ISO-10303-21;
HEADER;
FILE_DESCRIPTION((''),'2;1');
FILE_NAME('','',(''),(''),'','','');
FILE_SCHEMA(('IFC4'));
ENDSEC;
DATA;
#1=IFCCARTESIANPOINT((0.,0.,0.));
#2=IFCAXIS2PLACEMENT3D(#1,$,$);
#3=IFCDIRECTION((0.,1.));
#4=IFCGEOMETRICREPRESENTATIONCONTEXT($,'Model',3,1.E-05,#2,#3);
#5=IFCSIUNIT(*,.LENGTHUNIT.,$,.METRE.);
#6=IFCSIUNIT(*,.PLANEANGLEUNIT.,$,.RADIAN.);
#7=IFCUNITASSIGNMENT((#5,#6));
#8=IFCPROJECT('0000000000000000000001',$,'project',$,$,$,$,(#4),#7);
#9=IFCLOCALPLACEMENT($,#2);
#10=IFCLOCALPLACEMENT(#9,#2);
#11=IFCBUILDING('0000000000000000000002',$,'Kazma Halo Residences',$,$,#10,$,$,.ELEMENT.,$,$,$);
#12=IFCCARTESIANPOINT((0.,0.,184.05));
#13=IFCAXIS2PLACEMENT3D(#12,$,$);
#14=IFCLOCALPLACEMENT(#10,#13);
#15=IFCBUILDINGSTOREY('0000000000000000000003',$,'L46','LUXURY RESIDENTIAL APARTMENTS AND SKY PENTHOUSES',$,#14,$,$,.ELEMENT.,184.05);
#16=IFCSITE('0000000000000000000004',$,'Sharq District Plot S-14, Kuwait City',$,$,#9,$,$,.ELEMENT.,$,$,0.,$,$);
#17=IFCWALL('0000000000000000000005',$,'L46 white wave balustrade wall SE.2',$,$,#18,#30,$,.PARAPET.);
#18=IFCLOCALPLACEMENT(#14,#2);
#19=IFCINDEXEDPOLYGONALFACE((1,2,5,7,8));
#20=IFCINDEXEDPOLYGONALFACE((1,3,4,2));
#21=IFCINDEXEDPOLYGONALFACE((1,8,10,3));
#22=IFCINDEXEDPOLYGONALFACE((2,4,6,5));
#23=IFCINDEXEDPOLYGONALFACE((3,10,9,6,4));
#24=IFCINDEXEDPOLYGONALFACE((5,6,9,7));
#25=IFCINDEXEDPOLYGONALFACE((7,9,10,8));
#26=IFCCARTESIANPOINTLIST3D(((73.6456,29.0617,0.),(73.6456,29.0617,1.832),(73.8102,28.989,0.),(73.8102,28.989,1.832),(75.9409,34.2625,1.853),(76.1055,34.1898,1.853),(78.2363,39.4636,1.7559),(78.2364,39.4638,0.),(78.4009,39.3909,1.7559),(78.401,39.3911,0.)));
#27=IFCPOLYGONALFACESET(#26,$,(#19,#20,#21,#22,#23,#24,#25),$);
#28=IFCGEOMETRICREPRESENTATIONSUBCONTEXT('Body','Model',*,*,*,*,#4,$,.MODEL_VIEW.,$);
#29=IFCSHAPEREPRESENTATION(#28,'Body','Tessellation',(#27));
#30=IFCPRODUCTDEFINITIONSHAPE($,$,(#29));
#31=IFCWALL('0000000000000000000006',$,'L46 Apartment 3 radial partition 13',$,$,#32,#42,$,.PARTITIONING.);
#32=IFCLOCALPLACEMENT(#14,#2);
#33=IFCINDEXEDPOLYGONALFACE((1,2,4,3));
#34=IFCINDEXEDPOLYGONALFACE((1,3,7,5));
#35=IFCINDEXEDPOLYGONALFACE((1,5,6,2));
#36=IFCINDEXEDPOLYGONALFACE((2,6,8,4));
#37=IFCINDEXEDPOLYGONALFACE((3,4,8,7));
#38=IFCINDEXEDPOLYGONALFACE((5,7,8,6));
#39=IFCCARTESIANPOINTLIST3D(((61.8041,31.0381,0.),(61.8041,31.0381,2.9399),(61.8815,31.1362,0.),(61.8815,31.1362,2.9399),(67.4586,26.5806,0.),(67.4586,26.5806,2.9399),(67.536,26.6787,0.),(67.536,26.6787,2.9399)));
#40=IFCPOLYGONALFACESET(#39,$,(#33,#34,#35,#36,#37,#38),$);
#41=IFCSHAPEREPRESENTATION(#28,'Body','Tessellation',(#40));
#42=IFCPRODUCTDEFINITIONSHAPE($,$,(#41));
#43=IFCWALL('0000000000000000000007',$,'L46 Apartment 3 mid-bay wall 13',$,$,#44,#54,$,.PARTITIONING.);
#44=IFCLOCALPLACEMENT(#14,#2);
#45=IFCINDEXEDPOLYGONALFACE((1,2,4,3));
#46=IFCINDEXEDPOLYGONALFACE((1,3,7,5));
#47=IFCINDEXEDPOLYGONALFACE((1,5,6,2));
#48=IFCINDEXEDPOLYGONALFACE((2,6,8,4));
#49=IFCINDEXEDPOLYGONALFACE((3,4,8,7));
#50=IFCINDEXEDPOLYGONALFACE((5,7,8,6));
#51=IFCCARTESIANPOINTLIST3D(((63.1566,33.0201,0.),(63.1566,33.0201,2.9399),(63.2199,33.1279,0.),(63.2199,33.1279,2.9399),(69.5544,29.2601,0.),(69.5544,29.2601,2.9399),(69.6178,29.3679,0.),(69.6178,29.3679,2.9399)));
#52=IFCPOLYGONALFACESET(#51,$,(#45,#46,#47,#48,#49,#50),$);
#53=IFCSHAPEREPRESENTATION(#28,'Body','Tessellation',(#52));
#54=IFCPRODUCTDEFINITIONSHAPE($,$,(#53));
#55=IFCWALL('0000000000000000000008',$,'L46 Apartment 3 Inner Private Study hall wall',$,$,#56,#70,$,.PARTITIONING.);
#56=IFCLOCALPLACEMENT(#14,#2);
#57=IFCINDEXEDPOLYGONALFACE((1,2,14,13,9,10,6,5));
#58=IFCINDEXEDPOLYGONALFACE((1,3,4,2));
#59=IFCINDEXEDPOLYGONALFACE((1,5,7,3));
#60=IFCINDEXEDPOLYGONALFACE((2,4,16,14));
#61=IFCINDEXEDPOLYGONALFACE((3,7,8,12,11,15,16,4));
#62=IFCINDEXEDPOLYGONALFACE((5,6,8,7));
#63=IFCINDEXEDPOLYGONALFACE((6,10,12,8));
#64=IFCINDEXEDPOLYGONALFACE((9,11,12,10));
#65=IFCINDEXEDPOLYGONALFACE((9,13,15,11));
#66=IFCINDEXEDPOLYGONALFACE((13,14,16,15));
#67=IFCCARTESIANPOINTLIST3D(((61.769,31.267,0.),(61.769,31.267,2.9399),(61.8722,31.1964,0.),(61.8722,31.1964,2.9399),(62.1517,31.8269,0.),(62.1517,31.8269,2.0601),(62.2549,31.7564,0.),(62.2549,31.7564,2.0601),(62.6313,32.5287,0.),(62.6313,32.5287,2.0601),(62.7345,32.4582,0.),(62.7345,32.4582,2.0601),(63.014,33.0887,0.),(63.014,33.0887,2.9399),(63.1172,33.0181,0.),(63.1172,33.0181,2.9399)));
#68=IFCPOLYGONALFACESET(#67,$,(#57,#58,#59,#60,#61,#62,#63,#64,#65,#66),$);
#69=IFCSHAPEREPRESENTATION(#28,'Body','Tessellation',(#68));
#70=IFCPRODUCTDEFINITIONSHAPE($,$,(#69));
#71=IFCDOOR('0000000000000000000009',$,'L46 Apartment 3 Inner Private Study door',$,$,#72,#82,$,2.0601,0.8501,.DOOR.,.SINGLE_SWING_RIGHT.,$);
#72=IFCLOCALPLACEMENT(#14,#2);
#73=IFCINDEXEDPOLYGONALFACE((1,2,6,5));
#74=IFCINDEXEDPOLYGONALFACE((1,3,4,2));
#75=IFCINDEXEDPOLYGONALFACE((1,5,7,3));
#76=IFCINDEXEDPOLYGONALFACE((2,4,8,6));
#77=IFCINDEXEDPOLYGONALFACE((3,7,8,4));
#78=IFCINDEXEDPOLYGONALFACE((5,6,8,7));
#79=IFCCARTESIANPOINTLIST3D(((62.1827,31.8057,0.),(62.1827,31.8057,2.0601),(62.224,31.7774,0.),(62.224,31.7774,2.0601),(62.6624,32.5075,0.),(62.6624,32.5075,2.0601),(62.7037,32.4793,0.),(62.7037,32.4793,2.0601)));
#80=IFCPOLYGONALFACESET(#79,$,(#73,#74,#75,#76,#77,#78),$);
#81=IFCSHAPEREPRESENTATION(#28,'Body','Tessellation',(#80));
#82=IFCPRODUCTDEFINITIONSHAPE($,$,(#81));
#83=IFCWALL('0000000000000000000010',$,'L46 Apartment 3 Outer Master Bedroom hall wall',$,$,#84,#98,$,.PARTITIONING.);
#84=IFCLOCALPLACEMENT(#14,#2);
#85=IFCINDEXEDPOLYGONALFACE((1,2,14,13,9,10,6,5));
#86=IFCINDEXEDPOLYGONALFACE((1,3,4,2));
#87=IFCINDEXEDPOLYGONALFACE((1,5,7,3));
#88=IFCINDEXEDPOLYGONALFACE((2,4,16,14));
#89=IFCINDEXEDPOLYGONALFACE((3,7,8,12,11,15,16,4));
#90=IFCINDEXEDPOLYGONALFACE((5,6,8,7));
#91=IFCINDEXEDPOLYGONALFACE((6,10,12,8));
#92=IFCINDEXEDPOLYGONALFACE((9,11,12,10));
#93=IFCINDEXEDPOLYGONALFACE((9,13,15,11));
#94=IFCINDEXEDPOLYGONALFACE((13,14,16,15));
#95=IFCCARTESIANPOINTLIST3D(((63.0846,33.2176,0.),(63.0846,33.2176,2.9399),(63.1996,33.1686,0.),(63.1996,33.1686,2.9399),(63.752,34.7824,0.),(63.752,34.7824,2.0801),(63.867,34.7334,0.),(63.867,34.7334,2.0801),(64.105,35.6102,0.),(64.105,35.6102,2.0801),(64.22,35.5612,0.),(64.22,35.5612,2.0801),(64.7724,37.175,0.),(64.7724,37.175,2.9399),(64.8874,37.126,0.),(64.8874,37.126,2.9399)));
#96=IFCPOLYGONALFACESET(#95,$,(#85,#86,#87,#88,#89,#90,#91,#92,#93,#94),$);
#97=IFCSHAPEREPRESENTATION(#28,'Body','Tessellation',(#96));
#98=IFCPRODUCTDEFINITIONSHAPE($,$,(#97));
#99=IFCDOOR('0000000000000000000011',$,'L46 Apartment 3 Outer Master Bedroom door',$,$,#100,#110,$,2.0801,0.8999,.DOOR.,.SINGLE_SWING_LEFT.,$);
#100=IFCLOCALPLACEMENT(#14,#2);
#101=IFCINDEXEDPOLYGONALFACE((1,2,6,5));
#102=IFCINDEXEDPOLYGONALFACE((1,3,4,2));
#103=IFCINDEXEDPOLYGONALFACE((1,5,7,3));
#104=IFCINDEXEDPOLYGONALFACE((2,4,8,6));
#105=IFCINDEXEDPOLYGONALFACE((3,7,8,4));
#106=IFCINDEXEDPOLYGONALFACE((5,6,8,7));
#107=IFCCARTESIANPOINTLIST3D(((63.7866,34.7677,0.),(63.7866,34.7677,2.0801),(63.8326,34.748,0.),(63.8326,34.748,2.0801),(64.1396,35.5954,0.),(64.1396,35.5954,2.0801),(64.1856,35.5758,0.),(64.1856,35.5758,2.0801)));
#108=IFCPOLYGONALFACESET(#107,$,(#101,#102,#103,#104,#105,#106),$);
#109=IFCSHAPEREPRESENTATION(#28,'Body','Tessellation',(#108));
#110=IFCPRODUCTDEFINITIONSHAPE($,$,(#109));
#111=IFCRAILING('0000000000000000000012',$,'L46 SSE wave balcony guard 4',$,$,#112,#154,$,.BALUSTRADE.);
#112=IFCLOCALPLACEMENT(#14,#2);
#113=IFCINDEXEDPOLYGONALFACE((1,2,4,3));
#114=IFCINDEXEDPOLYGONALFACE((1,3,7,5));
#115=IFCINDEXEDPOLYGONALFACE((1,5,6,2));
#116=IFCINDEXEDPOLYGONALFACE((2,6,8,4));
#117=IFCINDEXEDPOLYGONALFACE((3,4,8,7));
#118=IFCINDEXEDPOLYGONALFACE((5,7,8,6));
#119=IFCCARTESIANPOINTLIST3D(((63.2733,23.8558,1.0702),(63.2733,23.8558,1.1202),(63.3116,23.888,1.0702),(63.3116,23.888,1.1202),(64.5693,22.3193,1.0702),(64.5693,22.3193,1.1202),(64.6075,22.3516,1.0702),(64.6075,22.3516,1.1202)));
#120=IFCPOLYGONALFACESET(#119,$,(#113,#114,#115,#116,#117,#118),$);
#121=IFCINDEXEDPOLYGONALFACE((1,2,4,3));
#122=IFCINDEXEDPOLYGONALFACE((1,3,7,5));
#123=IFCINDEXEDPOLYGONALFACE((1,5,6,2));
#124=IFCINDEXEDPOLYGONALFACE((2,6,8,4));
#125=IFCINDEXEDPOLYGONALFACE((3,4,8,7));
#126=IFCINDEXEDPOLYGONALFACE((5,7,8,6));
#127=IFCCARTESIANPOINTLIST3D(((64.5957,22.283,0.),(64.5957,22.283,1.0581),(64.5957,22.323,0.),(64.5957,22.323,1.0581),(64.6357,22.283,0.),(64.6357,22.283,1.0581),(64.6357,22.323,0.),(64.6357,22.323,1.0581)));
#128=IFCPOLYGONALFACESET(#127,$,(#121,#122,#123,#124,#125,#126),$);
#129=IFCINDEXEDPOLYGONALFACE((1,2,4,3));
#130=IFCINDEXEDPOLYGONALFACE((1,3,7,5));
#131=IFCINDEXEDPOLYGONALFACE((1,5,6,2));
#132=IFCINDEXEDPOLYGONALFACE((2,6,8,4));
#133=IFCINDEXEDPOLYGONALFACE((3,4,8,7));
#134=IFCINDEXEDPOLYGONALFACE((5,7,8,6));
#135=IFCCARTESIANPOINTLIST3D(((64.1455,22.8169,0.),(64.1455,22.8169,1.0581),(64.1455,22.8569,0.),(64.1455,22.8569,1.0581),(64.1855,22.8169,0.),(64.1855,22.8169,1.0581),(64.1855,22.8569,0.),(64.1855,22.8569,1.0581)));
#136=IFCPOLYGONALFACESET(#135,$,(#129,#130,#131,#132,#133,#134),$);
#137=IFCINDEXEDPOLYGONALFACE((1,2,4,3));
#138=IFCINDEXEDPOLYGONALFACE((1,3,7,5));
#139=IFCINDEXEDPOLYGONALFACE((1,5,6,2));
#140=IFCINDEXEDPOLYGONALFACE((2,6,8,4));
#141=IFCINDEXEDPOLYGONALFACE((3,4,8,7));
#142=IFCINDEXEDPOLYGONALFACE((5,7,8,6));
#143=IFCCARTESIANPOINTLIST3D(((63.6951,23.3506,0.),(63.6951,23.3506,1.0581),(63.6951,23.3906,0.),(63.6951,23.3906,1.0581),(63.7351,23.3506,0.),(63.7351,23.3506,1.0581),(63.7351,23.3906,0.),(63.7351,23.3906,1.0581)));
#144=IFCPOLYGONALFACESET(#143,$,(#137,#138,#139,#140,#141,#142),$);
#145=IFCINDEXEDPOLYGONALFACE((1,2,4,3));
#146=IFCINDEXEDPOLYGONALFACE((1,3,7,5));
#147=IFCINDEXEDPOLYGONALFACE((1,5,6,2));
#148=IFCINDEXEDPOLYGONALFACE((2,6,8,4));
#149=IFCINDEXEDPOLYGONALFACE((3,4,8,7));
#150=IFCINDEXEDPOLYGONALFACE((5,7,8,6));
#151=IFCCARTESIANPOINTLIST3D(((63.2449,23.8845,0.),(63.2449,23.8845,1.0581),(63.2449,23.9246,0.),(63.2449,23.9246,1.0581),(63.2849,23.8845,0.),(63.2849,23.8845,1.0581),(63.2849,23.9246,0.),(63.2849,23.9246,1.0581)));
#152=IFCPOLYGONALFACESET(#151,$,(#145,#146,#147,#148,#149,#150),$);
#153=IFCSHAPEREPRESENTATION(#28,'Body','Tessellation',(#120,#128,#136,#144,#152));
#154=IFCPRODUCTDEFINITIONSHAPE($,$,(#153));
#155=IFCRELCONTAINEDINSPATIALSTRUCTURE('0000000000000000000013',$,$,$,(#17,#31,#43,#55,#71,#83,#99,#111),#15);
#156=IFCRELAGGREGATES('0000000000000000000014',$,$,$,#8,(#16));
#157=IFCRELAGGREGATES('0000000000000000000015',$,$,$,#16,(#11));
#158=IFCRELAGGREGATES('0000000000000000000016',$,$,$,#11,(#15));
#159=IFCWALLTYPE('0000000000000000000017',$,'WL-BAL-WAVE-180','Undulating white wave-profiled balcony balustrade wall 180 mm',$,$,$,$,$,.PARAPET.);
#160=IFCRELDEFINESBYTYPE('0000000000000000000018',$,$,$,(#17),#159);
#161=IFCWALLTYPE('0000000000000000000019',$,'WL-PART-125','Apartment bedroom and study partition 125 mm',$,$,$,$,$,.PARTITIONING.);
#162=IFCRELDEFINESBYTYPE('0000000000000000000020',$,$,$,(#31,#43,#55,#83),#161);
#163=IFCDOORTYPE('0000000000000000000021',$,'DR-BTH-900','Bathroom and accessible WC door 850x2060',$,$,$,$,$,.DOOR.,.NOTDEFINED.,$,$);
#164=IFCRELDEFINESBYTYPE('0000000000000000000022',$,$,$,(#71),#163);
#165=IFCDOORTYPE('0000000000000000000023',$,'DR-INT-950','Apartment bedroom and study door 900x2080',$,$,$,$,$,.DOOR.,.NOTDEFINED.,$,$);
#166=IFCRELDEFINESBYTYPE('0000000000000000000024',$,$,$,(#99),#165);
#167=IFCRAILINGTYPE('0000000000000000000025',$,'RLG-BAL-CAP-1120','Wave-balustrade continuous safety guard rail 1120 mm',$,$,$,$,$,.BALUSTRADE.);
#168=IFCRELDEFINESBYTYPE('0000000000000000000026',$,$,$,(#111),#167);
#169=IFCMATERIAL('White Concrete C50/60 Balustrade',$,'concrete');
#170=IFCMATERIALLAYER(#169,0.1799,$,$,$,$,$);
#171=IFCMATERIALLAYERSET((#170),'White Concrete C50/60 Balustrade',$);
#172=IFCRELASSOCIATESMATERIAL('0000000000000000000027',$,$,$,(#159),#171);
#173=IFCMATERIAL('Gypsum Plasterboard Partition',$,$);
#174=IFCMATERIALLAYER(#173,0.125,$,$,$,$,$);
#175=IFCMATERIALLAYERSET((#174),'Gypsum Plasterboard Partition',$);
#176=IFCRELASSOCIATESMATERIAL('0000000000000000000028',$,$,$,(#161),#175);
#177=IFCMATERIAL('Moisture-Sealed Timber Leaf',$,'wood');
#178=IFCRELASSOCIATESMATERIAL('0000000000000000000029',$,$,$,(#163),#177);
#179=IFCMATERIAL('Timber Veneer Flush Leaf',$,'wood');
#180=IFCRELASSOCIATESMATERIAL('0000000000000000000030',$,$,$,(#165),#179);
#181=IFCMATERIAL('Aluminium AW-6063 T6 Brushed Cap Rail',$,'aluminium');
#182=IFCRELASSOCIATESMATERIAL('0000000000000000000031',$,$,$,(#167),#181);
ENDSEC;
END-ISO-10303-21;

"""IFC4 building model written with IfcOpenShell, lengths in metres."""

from ifc_helpers import new_model, si_unit, direction, frame, frame_2d, origin, origin_2d, place, context, subcontext, project, spatial, polyline, rectangle, outline, extrude, material, layer, layer_set, type_object, element, fill, save


model = new_model("IFC4")

# Units and contexts
model_context = context("Model", 3, precision=1e-05, world=origin(), true_north=direction((0.0, 1.0)))
body_context = subcontext(model_context, "Body", "Model", "MODEL_VIEW")
ifc_project = project(units=[si_unit("LENGTHUNIT", "METRE"), si_unit("PLANEANGLEUNIT", "RADIAN")], contexts=[model_context])

# Site, building, storey
site_placement = place(None, origin())
site = spatial("IfcSite", under=ifc_project, at=site_placement, Name="Sharq District Plot S-14, Kuwait City", CompositionType="ELEMENT", RefElevation=0.0)
building_placement = place(site_placement, origin())
building = spatial("IfcBuilding", under=site, at=building_placement, Name="Kazma Halo Residences", CompositionType="ELEMENT")
storey_placement = place(building_placement, frame((0.0, 0.0, 184.05)))
storey = spatial("IfcBuildingStorey", under=building, at=storey_placement, Name="L46", Description="LUXURY RESIDENTIAL APARTMENTS AND SKY PENTHOUSES", CompositionType="ELEMENT", Elevation=184.05)

# Wall
ifc_material_1 = material(Name="White Concrete C50/60 Balustrade", Category="concrete")
ifc_layer_1 = layer(ifc_material_1, 0.1799)
ifc_layer_set_1 = layer_set([ifc_layer_1], Name="White Concrete C50/60 Balustrade")
wall_type_1 = type_object("IfcWallType", Name="WL-BAL-WAVE-180", Description="Undulating white wave-profiled balcony balustrade wall 180 mm", PredefinedType="PARAPET", material=ifc_layer_set_1)
wall_1_placement = place(storey_placement, frame((73.7278, 29.0254, 0.0), z_axis=(0.0, 0.0, 1.0), x_axis=(0.403762, 0.914864, 0.0)))
element("IfcWall", 1, at=wall_1_placement, inside=storey, type_object=wall_type_1, Name="L46 white wave balustrade wall SE.2", PredefinedType="PARAPET", context=body_context, shape_type="SweptSolid", body=[
    extrude(outline(polyline([(0.0, 0.0), (11.3701, 0.0), (11.3699, 1.7559), (5.6848, 1.853), (0.0, 1.832), (0.0, 0.0)])), frame((0.0, 0.0898, 0.0), z_axis=(0.0, -1.0, 0.0), x_axis=(1.0, 0.0, 0.0)), (0.0, 0.0, 1.0), 0.1799),
])

# Walls
ifc_material_2 = material(Name="Gypsum Plasterboard Partition")
ifc_layer_2 = layer(ifc_material_2, 0.125)
ifc_layer_set_2 = layer_set([ifc_layer_2], Name="Gypsum Plasterboard Partition")
wall_type_2 = type_object("IfcWallType", Name="WL-PART-125", Description="Apartment bedroom and study partition 125 mm", PredefinedType="PARTITIONING", material=ifc_layer_set_2)
wall_2_placement = place(storey_placement, frame((61.8428, 31.0872, 0.0), z_axis=(0.0, 0.0, 1.0), x_axis=(0.785328, -0.61908, 0.0)))
element("IfcWall", 2, at=wall_2_placement, inside=storey, type_object=wall_type_2, Name="L46 Apartment 3 radial partition 13", PredefinedType="PARTITIONING", context=body_context, shape_type="SweptSolid", body=[
    extrude(rectangle(XDim=7.2002, YDim=0.125, at=frame_2d((3.6001, 0.0))), origin(), (0.0, 0.0, 1.0), 2.9399),
])
wall_3_placement = place(storey_placement, frame((63.1882, 33.074, 0.0), z_axis=(0.0, 0.0, 1.0), x_axis=(0.86214, -0.506671, 0.0)))
element("IfcWall", 3, at=wall_3_placement, inside=storey, type_object=wall_type_2, Name="L46 Apartment 3 mid-bay wall 13", PredefinedType="PARTITIONING", context=body_context, shape_type="SweptSolid", body=[
    extrude(rectangle(XDim=7.4209, YDim=0.125, at=frame_2d((3.7104, 0.0))), origin(), (0.0, 0.0, 1.0), 2.9399),
])

# Walls, openings, doors
wall_4_placement = place(storey_placement, frame((61.8206, 31.2317, 0.0), z_axis=(0.0, 0.0, 1.0), x_axis=(0.564263, 0.825595, 0.0)))
wall_4 = element("IfcWall", 4, at=wall_4_placement, inside=storey, type_object=wall_type_2, Name="L46 Apartment 3 Inner Private Study hall wall", PredefinedType="PARTITIONING", context=body_context, shape_type="SweptSolid", body=[
    extrude(rectangle(XDim=2.2065, YDim=0.125, at=frame_2d((1.1033, 0.0))), origin(), (0.0, 0.0, 1.0), 2.9399),
])
opening_1_placement = place(wall_4_placement, frame((0.6782, 0.0, 0.0)))
opening_1 = element("IfcOpeningElement", 5, at=opening_1_placement, cuts=wall_4, PredefinedType="OPENING", context=body_context, shape_type="SweptSolid", body=[
    extrude(rectangle(XDim=0.8501, YDim=2.0601, at=frame_2d((0.425, 1.03))), frame((0.0, 0.0725, 0.0), z_axis=(0.0, -1.0, 0.0), x_axis=(1.0, 0.0, 0.0)), (0.0, 0.0, 1.0), 0.145),
])
ifc_material_3 = material(Name="Moisture-Sealed Timber Leaf", Category="wood")
door_type_1 = type_object("IfcDoorType", Name="DR-BTH-900", Description="Bathroom and accessible WC door 850x2060", OperationType="NOTDEFINED", PredefinedType="DOOR", material=ifc_material_3)
door_1_placement = place(opening_1_placement, origin())
door_1 = element("IfcDoor", 6, at=door_1_placement, inside=storey, type_object=door_type_1, Name="L46 Apartment 3 Inner Private Study door", OperationType="SINGLE_SWING_RIGHT", OverallHeight=2.0601, OverallWidth=0.8501, PredefinedType="DOOR", context=body_context, shape_type="SweptSolid", body=[
    extrude(rectangle(XDim=0.8501, YDim=2.0601, at=frame_2d((0.425, 1.03))), frame((0.0, 0.0249, 0.0), z_axis=(0.0, -1.0, 0.0), x_axis=(1.0, 0.0, 0.0)), (0.0, 0.0, 1.0), 0.05),
])
fill(opening_1, door_1)
wall_5_placement = place(storey_placement, frame((63.1421, 33.1931, 0.0), z_axis=(0.0, 0.0, 1.0), x_axis=(0.392302, 0.919836, 0.0)))
wall_5 = element("IfcWall", 7, at=wall_5_placement, inside=storey, type_object=wall_type_2, Name="L46 Apartment 3 Outer Master Bedroom hall wall", PredefinedType="PARTITIONING", context=body_context, shape_type="SweptSolid", body=[
    extrude(rectangle(XDim=4.3022, YDim=0.125, at=frame_2d((2.1511, 0.0))), origin(), (0.0, 0.0, 1.0), 2.9399),
])
opening_2_placement = place(wall_5_placement, frame((1.7012, 0.0, 0.0)))
opening_2 = element("IfcOpeningElement", 8, at=opening_2_placement, cuts=wall_5, PredefinedType="OPENING", context=body_context, shape_type="SweptSolid", body=[
    extrude(rectangle(XDim=0.8999, YDim=2.0801, at=frame_2d((0.45, 1.04))), frame((0.0, 0.0725, 0.0), z_axis=(0.0, -1.0, 0.0), x_axis=(1.0, 0.0, 0.0)), (0.0, 0.0, 1.0), 0.145),
])
ifc_material_4 = material(Name="Timber Veneer Flush Leaf", Category="wood")
door_type_2 = type_object("IfcDoorType", Name="DR-INT-950", Description="Apartment bedroom and study door 900x2080", OperationType="NOTDEFINED", PredefinedType="DOOR", material=ifc_material_4)
door_2_placement = place(opening_2_placement, origin())
door_2 = element("IfcDoor", 9, at=door_2_placement, inside=storey, type_object=door_type_2, Name="L46 Apartment 3 Outer Master Bedroom door", OperationType="SINGLE_SWING_LEFT", OverallHeight=2.0801, OverallWidth=0.8999, PredefinedType="DOOR", context=body_context, shape_type="SweptSolid", body=[
    extrude(rectangle(XDim=0.8999, YDim=2.0801, at=frame_2d((0.45, 1.04))), frame((0.0, 0.0249, 0.0), z_axis=(0.0, -1.0, 0.0), x_axis=(1.0, 0.0, 0.0)), (0.0, 0.0, 1.0), 0.05),
])
fill(opening_2, door_2)

# Railing
ifc_material_5 = material(Name="Aluminium AW-6063 T6 Brushed Cap Rail", Category="aluminium")
railing_type = type_object("IfcRailingType", Name="RLG-BAL-CAP-1120", Description="Wave-balustrade continuous safety guard rail 1120 mm", PredefinedType="BALUSTRADE", material=ifc_material_5)
railing_1_placement = place(storey_placement, frame((64.6157, 22.303, 0.0)))
element("IfcRailing", 10, at=railing_1_placement, inside=storey, type_object=railing_type, Name="L46 SSE wave balcony guard 4", PredefinedType="BALUSTRADE", context=body_context, shape_type="SweptSolid", body=[
    extrude(rectangle(XDim=0.05, YDim=0.05, at=origin_2d()), frame((-0.0273, 0.0325, 1.0952), z_axis=(-0.644735, 0.764406, 0.0), x_axis=(-0.764406, -0.644735, 0.0)), (0.0, 0.0, 1.0), 2.01),
    extrude(rectangle(XDim=0.04, YDim=0.04, at=origin_2d()), origin(), (0.0, 0.0, 1.0), 1.0581),
    extrude(rectangle(XDim=0.04, YDim=0.04, at=origin_2d()), frame((-0.4502, 0.5339, 0.0)), (0.0, 0.0, 1.0), 1.0581),
    extrude(rectangle(XDim=0.04, YDim=0.04, at=origin_2d()), frame((-0.9006, 1.0676, 0.0)), (0.0, 0.0, 1.0), 1.0581),
    extrude(rectangle(XDim=0.04, YDim=0.04, at=origin_2d()), frame((-1.3508, 1.6016, 0.0)), (0.0, 0.0, 1.0), 1.0581),
])

save(model, "model.ifc")
